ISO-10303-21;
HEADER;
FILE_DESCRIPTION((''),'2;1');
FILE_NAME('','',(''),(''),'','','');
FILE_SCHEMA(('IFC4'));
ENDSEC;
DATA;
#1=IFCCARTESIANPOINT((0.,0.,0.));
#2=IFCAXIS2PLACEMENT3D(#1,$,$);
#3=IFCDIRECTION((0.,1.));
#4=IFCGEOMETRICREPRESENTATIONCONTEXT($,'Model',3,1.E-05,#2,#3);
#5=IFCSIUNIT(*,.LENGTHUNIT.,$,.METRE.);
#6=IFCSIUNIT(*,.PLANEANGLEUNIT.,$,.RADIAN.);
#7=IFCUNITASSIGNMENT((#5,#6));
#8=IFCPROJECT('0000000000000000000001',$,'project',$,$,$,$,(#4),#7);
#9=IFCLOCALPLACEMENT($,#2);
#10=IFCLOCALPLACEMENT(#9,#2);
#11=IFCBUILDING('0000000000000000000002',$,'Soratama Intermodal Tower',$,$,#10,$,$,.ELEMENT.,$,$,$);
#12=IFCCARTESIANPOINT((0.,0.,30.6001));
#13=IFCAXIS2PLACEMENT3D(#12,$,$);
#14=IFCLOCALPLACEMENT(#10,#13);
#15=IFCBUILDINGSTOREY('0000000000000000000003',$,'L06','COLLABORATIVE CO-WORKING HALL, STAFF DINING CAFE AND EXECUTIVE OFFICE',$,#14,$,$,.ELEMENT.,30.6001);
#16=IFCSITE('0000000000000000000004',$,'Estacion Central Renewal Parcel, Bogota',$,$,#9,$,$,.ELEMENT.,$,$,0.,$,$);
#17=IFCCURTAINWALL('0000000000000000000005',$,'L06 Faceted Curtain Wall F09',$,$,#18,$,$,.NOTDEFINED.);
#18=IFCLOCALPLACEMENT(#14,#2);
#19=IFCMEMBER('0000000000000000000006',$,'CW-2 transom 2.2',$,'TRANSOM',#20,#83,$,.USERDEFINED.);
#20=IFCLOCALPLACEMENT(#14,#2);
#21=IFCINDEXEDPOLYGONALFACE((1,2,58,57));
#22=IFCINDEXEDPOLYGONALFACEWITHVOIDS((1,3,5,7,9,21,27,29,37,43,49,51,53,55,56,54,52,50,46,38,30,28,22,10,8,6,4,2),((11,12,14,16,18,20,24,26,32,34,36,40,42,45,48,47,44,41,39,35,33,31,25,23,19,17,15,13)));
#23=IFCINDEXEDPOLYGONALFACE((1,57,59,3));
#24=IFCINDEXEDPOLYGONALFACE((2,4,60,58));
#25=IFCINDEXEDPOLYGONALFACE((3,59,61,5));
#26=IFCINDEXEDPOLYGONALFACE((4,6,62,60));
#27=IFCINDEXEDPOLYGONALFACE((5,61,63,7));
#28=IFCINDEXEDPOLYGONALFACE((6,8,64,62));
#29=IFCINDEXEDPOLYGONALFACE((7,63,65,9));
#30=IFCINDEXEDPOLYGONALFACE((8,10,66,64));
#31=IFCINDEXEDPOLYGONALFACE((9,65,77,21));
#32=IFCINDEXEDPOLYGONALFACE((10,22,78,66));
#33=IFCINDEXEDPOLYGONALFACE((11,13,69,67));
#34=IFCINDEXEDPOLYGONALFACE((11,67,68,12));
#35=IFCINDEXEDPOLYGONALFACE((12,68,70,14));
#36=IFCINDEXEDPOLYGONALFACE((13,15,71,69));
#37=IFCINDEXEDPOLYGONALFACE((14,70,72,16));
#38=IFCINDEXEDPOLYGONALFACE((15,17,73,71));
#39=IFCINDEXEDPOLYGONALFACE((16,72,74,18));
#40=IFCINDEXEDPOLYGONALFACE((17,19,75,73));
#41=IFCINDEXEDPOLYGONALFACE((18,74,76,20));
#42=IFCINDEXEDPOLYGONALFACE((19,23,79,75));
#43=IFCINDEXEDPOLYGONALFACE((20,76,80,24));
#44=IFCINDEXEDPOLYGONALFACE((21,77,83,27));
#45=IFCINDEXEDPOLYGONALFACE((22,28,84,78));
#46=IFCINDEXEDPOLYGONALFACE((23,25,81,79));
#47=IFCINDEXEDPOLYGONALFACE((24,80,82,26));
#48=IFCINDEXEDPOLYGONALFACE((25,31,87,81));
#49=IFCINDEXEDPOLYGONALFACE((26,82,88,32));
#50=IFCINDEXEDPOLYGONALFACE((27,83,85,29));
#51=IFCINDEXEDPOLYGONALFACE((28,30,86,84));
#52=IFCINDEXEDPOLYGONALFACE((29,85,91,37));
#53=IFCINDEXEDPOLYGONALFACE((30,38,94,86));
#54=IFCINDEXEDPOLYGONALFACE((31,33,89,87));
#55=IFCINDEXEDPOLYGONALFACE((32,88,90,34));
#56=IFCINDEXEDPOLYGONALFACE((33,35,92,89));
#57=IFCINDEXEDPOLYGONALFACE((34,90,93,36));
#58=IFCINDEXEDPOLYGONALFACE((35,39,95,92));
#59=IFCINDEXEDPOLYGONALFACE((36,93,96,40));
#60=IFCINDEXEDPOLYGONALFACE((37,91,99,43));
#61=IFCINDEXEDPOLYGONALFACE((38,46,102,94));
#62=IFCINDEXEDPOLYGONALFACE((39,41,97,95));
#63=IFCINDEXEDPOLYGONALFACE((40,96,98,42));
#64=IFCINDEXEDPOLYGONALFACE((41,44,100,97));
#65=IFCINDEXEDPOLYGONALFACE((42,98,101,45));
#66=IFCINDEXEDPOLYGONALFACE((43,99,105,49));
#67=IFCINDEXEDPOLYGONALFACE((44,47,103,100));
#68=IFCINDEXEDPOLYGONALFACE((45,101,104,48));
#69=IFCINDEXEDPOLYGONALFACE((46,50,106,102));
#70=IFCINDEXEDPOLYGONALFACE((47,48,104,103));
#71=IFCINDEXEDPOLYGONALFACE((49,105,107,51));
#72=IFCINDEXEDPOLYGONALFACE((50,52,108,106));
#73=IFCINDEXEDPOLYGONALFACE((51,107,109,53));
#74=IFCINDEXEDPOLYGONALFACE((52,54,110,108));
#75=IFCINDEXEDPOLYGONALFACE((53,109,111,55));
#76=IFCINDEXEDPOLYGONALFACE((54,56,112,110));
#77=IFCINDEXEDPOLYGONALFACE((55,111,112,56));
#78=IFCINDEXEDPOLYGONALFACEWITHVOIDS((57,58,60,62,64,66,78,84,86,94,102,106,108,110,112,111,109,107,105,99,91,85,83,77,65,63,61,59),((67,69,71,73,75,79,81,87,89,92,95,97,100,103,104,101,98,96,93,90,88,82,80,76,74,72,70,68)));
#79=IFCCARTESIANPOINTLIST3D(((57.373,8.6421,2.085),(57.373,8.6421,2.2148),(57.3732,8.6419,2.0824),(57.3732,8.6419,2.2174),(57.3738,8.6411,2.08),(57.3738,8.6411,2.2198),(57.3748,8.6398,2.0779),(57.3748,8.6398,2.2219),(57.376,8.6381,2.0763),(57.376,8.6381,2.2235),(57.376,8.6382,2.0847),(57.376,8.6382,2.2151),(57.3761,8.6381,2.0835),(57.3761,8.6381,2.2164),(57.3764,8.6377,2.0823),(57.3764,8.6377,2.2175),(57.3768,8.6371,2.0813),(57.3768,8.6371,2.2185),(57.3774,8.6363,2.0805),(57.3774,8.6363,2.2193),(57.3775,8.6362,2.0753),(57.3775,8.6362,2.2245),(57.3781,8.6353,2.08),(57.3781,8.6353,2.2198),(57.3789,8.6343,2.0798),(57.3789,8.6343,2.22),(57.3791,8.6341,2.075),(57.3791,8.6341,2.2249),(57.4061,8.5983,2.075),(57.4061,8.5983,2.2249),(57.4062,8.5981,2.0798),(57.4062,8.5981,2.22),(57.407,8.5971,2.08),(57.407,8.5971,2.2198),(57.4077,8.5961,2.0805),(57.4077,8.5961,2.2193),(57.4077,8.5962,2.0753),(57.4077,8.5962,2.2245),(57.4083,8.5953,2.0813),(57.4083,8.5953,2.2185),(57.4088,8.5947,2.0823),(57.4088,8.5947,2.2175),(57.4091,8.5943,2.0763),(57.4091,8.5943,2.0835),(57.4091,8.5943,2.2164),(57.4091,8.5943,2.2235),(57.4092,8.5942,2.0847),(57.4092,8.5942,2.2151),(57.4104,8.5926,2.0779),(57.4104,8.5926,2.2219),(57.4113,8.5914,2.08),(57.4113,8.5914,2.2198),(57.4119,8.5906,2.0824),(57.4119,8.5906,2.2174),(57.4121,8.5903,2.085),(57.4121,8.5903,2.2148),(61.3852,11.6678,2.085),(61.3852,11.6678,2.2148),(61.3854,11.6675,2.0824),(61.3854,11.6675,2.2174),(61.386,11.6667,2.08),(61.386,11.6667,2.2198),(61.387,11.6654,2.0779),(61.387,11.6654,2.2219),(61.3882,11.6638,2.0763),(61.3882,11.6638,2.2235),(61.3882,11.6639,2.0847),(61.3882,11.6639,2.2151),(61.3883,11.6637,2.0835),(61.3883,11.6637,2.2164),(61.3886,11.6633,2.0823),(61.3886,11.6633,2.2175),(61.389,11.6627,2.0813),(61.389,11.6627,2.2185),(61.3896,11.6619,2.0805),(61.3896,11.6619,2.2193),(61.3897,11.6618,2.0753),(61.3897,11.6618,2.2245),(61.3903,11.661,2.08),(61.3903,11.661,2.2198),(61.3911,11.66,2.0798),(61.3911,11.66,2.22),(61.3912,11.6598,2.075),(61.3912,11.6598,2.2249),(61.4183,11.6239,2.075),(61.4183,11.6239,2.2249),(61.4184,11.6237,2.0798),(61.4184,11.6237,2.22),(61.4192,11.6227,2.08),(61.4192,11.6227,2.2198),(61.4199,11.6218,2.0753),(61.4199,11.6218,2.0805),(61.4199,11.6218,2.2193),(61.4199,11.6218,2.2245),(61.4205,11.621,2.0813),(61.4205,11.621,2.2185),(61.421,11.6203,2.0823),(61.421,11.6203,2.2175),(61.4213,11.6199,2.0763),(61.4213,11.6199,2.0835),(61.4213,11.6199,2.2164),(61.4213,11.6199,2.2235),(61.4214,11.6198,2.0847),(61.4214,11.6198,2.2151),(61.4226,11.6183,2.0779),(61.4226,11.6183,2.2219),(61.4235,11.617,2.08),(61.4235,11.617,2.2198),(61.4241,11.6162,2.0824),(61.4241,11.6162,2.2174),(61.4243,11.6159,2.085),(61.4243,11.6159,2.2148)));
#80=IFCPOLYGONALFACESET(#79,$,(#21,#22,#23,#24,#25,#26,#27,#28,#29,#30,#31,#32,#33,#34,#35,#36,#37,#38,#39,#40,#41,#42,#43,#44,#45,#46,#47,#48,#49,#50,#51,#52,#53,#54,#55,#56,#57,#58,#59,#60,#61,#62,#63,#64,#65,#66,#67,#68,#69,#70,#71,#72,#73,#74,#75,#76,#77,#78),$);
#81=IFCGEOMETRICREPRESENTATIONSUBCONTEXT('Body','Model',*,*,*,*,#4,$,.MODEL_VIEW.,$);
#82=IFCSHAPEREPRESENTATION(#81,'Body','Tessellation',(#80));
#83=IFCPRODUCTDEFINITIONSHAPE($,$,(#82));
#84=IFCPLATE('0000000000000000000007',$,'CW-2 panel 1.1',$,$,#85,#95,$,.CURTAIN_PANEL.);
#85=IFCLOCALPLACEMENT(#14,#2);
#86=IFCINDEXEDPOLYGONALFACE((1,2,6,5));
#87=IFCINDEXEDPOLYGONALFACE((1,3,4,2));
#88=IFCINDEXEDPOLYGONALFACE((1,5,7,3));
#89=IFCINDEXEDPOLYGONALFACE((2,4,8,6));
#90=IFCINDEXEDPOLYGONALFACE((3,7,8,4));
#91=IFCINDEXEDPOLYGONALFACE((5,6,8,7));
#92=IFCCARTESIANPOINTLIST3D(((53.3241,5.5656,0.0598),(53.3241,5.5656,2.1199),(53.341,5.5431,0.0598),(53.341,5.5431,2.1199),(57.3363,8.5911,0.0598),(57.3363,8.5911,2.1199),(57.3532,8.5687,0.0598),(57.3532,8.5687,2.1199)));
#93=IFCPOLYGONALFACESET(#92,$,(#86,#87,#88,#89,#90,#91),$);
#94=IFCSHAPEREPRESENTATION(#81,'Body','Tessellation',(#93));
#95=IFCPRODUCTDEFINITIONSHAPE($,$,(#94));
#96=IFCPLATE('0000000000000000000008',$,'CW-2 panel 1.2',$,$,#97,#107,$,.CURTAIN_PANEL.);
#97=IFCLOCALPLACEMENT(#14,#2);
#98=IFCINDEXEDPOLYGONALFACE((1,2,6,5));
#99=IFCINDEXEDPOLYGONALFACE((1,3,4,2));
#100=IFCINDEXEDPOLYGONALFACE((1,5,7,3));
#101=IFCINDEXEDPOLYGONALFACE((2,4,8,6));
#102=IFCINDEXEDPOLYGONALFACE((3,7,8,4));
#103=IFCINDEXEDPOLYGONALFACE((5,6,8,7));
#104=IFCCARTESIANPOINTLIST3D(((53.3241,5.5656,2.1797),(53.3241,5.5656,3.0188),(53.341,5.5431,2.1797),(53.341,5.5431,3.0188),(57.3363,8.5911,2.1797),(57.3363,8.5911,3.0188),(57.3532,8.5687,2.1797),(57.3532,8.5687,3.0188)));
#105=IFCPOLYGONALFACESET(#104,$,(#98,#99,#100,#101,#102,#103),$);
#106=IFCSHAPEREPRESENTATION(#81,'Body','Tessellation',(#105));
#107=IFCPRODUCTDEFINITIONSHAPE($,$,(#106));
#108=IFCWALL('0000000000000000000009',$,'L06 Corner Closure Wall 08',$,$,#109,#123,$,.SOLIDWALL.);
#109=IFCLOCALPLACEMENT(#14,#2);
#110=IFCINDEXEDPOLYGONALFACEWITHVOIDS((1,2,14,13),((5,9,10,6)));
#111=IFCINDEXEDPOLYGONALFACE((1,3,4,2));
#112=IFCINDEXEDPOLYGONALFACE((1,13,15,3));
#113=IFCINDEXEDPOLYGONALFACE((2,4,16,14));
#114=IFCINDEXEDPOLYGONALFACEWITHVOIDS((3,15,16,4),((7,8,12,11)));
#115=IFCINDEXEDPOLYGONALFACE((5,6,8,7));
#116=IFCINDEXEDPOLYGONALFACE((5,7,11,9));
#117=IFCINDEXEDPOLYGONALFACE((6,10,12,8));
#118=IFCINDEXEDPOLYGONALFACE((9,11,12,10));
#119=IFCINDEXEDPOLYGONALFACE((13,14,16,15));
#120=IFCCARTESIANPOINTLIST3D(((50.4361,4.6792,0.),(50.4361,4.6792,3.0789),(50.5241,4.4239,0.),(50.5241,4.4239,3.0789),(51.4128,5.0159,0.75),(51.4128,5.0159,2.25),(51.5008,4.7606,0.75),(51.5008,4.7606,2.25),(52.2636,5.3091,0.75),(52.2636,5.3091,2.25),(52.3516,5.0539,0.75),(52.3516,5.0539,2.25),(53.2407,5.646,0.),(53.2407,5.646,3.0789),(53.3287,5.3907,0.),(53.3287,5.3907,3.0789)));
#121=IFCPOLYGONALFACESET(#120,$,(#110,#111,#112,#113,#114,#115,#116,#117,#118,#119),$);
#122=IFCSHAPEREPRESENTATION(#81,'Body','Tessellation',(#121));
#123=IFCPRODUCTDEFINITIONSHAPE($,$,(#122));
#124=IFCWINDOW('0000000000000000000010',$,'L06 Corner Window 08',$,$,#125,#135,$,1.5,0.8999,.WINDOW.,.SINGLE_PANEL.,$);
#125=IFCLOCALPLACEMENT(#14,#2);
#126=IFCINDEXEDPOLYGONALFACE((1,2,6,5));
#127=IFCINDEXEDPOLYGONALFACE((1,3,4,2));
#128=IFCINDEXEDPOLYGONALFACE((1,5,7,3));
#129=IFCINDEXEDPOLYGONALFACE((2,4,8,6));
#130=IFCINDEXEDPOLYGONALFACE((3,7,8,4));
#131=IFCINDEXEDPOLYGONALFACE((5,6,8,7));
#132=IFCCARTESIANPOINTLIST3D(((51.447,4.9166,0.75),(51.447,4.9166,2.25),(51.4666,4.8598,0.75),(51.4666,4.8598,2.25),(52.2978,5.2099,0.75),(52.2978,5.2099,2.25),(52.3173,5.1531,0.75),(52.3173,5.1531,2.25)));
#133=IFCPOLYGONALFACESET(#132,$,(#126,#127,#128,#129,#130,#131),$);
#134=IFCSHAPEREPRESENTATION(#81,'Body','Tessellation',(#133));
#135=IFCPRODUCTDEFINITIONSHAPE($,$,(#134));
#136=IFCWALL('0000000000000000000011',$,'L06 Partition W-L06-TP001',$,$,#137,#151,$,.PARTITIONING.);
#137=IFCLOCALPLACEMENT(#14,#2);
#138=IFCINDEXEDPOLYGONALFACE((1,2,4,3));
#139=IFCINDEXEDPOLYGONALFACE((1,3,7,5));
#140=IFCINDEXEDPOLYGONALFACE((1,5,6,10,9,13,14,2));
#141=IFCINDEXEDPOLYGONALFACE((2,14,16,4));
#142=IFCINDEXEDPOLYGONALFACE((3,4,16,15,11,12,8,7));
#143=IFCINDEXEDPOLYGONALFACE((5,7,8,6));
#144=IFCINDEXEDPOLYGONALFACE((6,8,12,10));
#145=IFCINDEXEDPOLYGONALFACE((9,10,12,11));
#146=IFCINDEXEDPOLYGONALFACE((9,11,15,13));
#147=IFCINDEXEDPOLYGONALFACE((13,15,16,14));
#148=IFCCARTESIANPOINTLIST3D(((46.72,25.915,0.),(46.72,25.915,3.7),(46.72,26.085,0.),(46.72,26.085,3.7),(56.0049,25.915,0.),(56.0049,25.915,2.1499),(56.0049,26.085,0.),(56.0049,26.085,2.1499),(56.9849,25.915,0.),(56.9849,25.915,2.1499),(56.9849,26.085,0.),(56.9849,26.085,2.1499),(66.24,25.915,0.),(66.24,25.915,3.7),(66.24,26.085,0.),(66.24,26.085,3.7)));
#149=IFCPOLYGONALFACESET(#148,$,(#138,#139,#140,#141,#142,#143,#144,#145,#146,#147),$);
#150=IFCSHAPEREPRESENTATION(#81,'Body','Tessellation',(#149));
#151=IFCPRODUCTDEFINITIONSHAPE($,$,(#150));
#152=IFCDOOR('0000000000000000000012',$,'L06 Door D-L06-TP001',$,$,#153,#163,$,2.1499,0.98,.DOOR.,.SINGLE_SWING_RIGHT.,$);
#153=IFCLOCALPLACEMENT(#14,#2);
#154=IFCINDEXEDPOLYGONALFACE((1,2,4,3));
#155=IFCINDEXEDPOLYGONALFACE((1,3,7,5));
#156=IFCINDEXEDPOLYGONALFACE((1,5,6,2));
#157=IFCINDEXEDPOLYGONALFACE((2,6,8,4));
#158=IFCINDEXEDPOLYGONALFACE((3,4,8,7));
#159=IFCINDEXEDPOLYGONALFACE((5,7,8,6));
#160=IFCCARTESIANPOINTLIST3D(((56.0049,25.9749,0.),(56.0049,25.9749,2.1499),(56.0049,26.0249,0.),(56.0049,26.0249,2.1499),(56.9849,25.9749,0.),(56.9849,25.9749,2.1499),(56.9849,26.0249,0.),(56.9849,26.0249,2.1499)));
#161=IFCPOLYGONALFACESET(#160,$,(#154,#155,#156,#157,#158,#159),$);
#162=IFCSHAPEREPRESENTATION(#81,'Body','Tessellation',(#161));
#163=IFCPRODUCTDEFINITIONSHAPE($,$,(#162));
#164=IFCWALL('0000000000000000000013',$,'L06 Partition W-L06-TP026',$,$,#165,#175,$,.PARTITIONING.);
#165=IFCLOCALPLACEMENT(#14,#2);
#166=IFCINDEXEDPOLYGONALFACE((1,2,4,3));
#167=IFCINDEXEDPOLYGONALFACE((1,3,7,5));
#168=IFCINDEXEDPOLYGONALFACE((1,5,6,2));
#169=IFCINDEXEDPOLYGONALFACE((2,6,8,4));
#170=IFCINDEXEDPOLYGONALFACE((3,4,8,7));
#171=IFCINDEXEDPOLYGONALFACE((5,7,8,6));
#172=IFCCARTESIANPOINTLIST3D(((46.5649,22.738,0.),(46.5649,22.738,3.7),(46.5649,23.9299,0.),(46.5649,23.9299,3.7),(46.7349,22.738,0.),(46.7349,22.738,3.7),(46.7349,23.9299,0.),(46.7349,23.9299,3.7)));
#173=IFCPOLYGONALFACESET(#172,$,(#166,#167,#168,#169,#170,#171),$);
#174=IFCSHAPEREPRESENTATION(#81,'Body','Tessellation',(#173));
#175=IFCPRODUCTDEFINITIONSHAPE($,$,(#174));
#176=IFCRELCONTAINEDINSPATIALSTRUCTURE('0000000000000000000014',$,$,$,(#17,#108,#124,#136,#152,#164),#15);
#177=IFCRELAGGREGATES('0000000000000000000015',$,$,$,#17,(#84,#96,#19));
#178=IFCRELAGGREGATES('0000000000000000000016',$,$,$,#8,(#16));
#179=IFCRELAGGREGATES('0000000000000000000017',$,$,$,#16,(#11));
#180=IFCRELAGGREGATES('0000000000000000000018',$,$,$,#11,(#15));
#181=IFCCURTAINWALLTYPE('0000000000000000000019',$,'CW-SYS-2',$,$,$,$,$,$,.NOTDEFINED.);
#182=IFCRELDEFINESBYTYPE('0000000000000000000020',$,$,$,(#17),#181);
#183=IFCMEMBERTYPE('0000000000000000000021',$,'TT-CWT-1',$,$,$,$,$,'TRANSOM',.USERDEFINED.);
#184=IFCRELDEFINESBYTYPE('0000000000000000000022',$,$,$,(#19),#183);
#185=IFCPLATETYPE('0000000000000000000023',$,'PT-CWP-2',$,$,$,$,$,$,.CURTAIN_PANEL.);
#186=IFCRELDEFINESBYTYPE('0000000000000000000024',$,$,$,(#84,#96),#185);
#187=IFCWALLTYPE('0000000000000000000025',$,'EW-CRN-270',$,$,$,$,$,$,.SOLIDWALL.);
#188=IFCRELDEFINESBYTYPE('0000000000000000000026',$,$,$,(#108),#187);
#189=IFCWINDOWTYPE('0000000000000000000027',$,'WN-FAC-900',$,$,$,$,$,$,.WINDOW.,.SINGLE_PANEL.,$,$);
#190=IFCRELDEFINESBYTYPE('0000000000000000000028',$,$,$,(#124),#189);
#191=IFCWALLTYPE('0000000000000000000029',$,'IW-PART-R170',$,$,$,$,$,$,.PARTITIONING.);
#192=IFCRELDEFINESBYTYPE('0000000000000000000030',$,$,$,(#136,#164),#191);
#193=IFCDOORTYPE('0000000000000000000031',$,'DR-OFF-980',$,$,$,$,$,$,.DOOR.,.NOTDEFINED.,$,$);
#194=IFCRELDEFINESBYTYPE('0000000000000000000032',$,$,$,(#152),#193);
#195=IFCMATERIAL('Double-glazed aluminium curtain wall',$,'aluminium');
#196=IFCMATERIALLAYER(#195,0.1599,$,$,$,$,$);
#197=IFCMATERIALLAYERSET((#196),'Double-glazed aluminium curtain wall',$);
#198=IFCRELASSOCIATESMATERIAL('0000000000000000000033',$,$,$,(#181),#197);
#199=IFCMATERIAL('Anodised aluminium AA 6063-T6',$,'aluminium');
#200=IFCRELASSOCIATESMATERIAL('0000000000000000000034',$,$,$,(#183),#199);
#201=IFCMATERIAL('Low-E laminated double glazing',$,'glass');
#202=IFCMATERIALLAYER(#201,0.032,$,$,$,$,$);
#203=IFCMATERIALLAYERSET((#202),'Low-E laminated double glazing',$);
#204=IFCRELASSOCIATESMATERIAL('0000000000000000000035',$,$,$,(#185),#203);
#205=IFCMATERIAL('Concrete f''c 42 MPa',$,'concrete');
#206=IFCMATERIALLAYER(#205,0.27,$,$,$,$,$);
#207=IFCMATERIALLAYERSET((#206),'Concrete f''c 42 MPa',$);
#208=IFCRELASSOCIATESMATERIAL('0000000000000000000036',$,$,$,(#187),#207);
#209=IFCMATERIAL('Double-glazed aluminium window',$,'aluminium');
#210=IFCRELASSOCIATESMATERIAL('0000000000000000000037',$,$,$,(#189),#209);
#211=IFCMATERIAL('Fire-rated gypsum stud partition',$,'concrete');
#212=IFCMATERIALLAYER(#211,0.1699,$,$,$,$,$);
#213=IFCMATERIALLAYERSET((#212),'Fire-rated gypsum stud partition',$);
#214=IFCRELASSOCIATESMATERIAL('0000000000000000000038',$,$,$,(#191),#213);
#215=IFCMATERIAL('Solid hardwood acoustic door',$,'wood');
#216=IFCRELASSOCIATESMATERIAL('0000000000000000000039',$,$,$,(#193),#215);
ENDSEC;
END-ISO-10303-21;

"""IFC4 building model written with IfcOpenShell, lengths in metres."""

from ifc_helpers import new_model, si_unit, direction, frame, frame_2d, origin, origin_2d, place, context, subcontext, project, spatial, rectangle, hollow_rectangle, extrude, material, layer, layer_set, material_profile, profile_set, type_object, element, fill, aggregate, save


model = new_model("IFC4")

# Units and contexts
model_context = context("Model", 3, precision=1e-05, world=origin(), true_north=direction((0.0, 1.0)))
body_context = subcontext(model_context, "Body", "Model", "MODEL_VIEW")
ifc_project = project(units=[si_unit("LENGTHUNIT", "METRE"), si_unit("PLANEANGLEUNIT", "RADIAN")], contexts=[model_context])

# Site, building, storey
site_placement = place(None, origin())
site = spatial("IfcSite", under=ifc_project, at=site_placement, Name="Estacion Central Renewal Parcel, Bogota", CompositionType="ELEMENT", RefElevation=0.0)
building_placement = place(site_placement, origin())
building = spatial("IfcBuilding", under=site, at=building_placement, Name="Soratama Intermodal Tower", CompositionType="ELEMENT")
storey_placement = place(building_placement, frame((0.0, 0.0, 30.6001)))
storey = spatial("IfcBuildingStorey", under=building, at=storey_placement, Name="L06", Description="COLLABORATIVE CO-WORKING HALL, STAFF DINING CAFE AND EXECUTIVE OFFICE", CompositionType="ELEMENT", Elevation=30.6001)

# Curtain wall, member, plates
ifc_material_1 = material(Name="Double-glazed aluminium curtain wall", Category="aluminium")
ifc_layer_1 = layer(ifc_material_1, 0.1599)
ifc_layer_set_1 = layer_set([ifc_layer_1], Name="Double-glazed aluminium curtain wall")
curtain_wall_type = type_object("IfcCurtainWallType", Name="CW-SYS-2", PredefinedType="NOTDEFINED", material=ifc_layer_set_1)
curtain_wall_placement = place(storey_placement, origin())
curtain_wall = element("IfcCurtainWall", 1, at=curtain_wall_placement, inside=storey, type_object=curtain_wall_type, Name="L06 Faceted Curtain Wall F09", PredefinedType="NOTDEFINED")
ifc_material_2 = material(Name="Anodised aluminium AA 6063-T6", Category="aluminium")
ifc_material_profile_1 = material_profile(ifc_material_2, hollow_rectangle(XDim=0.0649, YDim=0.1499, WallThickness=0.0049, InnerFilletRadius=0.0049, OuterFilletRadius=0.01, at=origin_2d()), Name="CWT150X65X5")
ifc_profile_set_1 = profile_set([ifc_material_profile_1], Name="Anodised aluminium AA 6063-T6")
member_type_1 = type_object("IfcMemberType", Name="TT-CWT-1", ElementType="TRANSOM", PredefinedType="USERDEFINED", material=ifc_profile_set_1)
member_1_placement = place(storey_placement, frame((57.3926, 8.6162, 2.1499), z_axis=(0.798423, 0.602097, 0.0), x_axis=(-0.602097, 0.798423, 0.0)))
member_1 = element("IfcMember", 2, at=member_1_placement, type_object=member_type_1, Name="CW-2 transom 2.2", ObjectType="TRANSOM", PredefinedType="USERDEFINED", context=body_context, shape_type="SweptSolid", body=[
    extrude(hollow_rectangle(XDim=0.0649, YDim=0.1499, WallThickness=0.0049, InnerFilletRadius=0.0049, OuterFilletRadius=0.01, at=origin_2d()), origin(), (0.0, 0.0, 1.0), 5.0251),
])
ifc_material_3 = material(Name="Low-E laminated double glazing", Category="glass")
ifc_layer_2 = layer(ifc_material_3, 0.032)
ifc_layer_set_2 = layer_set([ifc_layer_2], Name="Low-E laminated double glazing")
plate_type = type_object("IfcPlateType", Name="PT-CWP-2", PredefinedType="CURTAIN_PANEL", material=ifc_layer_set_2)
plate_1_placement = place(storey_placement, frame((55.3386, 7.0671, 0.0598), z_axis=(0.0, 0.0, 1.0), x_axis=(0.798428, 0.602091, 0.0)))
plate_1 = element("IfcPlate", 3, at=plate_1_placement, type_object=plate_type, Name="CW-2 panel 1.1", PredefinedType="CURTAIN_PANEL", context=body_context, shape_type="SweptSolid", body=[
    extrude(rectangle(XDim=5.0251, YDim=0.0281, at=origin_2d()), origin(), (0.0, 0.0, 1.0), 2.0601),
])
plate_2_placement = place(storey_placement, frame((55.3386, 7.0671, 2.1797), z_axis=(0.0, 0.0, 1.0), x_axis=(0.798428, 0.602091, 0.0)))
plate_2 = element("IfcPlate", 4, at=plate_2_placement, type_object=plate_type, Name="CW-2 panel 1.2", PredefinedType="CURTAIN_PANEL", context=body_context, shape_type="SweptSolid", body=[
    extrude(rectangle(XDim=5.0251, YDim=0.0281, at=origin_2d()), origin(), (0.0, 0.0, 1.0), 0.8391),
])
aggregate(curtain_wall, [plate_1, plate_2, member_1])

# Wall, opening, window
ifc_material_4 = material(Name="Concrete f'c 42 MPa", Category="concrete")
ifc_layer_3 = layer(ifc_material_4, 0.27)
ifc_layer_set_3 = layer_set([ifc_layer_3], Name="Concrete f'c 42 MPa")
wall_type_1 = type_object("IfcWallType", Name="EW-CRN-270", PredefinedType="SOLIDWALL", material=ifc_layer_set_3)
wall_1_placement = place(storey_placement, frame((50.48, 4.5515, 0.0), z_axis=(0.0, 0.0, 1.0), x_axis=(0.945408, 0.325889, 0.0)))
wall_1 = element("IfcWall", 5, at=wall_1_placement, inside=storey, type_object=wall_type_1, Name="L06 Corner Closure Wall 08", PredefinedType="SOLIDWALL", context=body_context, shape_type="SweptSolid", body=[
    extrude(rectangle(XDim=2.9666, YDim=0.27, at=frame_2d((1.4834, 0.0))), origin(), (0.0, 0.0, 1.0), 3.0789),
])
opening_1_placement = place(wall_1_placement, frame((1.0332, 0.0, 0.75)))
opening_1 = element("IfcOpeningElement", 6, at=opening_1_placement, cuts=wall_1, PredefinedType="OPENING", context=body_context, shape_type="SweptSolid", body=[
    extrude(rectangle(XDim=0.8999, YDim=1.5, at=frame_2d((0.45, 0.75))), frame((0.0, 0.145, 0.0), z_axis=(0.0, -1.0, 0.0), x_axis=(1.0, 0.0, 0.0)), (0.0, 0.0, 1.0), 0.29),
])
ifc_material_5 = material(Name="Double-glazed aluminium window", Category="aluminium")
window_type = type_object("IfcWindowType", Name="WN-FAC-900", PartitioningType="SINGLE_PANEL", PredefinedType="WINDOW", material=ifc_material_5)
window_placement = place(opening_1_placement, origin())
window = element("IfcWindow", 7, at=window_placement, inside=storey, type_object=window_type, Name="L06 Corner Window 08", OverallHeight=1.5, OverallWidth=0.8999, PartitioningType="SINGLE_PANEL", PredefinedType="WINDOW", context=body_context, shape_type="SweptSolid", body=[
    extrude(rectangle(XDim=0.8999, YDim=1.5, at=frame_2d((0.45, 0.75))), frame((0.0, 0.03, 0.0), z_axis=(0.0, -1.0, 0.0), x_axis=(1.0, 0.0, 0.0)), (0.0, 0.0, 1.0), 0.0601),
])
fill(opening_1, window)

# Wall, opening, door
ifc_material_6 = material(Name="Fire-rated gypsum stud partition", Category="concrete")
ifc_layer_4 = layer(ifc_material_6, 0.1699)
ifc_layer_set_4 = layer_set([ifc_layer_4], Name="Fire-rated gypsum stud partition")
wall_type_2 = type_object("IfcWallType", Name="IW-PART-R170", PredefinedType="PARTITIONING", material=ifc_layer_set_4)
wall_2_placement = place(storey_placement, frame((46.72, 26.0, 0.0), z_axis=(0.0, 0.0, 1.0), x_axis=(1.0, 0.0, 0.0)))
wall_2 = element("IfcWall", 8, at=wall_2_placement, inside=storey, type_object=wall_type_2, Name="L06 Partition W-L06-TP001", PredefinedType="PARTITIONING", context=body_context, shape_type="SweptSolid", body=[
    extrude(rectangle(XDim=19.52, YDim=0.1699, at=frame_2d((9.76, 0.0))), origin(), (0.0, 0.0, 1.0), 3.7),
])
opening_2_placement = place(wall_2_placement, frame((9.2849, 0.0, 0.0)))
opening_2 = element("IfcOpeningElement", 9, at=opening_2_placement, cuts=wall_2, PredefinedType="OPENING", context=body_context, shape_type="SweptSolid", body=[
    extrude(rectangle(XDim=0.98, YDim=2.1499, at=frame_2d((0.49, 1.075))), frame((0.0, 0.095, 0.0), z_axis=(0.0, -1.0, 0.0), x_axis=(1.0, 0.0, 0.0)), (0.0, 0.0, 1.0), 0.1899),
])
ifc_material_7 = material(Name="Solid hardwood acoustic door", Category="wood")
door_type = type_object("IfcDoorType", Name="DR-OFF-980", OperationType="NOTDEFINED", PredefinedType="DOOR", material=ifc_material_7)
door_placement = place(opening_2_placement, origin())
door = element("IfcDoor", 10, at=door_placement, inside=storey, type_object=door_type, Name="L06 Door D-L06-TP001", OperationType="SINGLE_SWING_RIGHT", OverallHeight=2.1499, OverallWidth=0.98, PredefinedType="DOOR", context=body_context, shape_type="SweptSolid", body=[
    extrude(rectangle(XDim=0.98, YDim=2.1499, at=frame_2d((0.49, 1.075))), frame((0.0, 0.0249, 0.0), z_axis=(0.0, -1.0, 0.0), x_axis=(1.0, 0.0, 0.0)), (0.0, 0.0, 1.0), 0.05),
])
fill(opening_2, door)

# Wall
wall_3_placement = place(storey_placement, frame((46.6499, 23.9299, 0.0), z_axis=(0.0, 0.0, 1.0), x_axis=(0.0, -1.0, 0.0)))
element("IfcWall", 11, at=wall_3_placement, inside=storey, type_object=wall_type_2, Name="L06 Partition W-L06-TP026", PredefinedType="PARTITIONING", context=body_context, shape_type="SweptSolid", body=[
    extrude(rectangle(XDim=1.1919, YDim=0.1699, at=frame_2d((0.5959, 0.0))), origin(), (0.0, 0.0, 1.0), 3.7),
])

save(model, "model.ifc")
